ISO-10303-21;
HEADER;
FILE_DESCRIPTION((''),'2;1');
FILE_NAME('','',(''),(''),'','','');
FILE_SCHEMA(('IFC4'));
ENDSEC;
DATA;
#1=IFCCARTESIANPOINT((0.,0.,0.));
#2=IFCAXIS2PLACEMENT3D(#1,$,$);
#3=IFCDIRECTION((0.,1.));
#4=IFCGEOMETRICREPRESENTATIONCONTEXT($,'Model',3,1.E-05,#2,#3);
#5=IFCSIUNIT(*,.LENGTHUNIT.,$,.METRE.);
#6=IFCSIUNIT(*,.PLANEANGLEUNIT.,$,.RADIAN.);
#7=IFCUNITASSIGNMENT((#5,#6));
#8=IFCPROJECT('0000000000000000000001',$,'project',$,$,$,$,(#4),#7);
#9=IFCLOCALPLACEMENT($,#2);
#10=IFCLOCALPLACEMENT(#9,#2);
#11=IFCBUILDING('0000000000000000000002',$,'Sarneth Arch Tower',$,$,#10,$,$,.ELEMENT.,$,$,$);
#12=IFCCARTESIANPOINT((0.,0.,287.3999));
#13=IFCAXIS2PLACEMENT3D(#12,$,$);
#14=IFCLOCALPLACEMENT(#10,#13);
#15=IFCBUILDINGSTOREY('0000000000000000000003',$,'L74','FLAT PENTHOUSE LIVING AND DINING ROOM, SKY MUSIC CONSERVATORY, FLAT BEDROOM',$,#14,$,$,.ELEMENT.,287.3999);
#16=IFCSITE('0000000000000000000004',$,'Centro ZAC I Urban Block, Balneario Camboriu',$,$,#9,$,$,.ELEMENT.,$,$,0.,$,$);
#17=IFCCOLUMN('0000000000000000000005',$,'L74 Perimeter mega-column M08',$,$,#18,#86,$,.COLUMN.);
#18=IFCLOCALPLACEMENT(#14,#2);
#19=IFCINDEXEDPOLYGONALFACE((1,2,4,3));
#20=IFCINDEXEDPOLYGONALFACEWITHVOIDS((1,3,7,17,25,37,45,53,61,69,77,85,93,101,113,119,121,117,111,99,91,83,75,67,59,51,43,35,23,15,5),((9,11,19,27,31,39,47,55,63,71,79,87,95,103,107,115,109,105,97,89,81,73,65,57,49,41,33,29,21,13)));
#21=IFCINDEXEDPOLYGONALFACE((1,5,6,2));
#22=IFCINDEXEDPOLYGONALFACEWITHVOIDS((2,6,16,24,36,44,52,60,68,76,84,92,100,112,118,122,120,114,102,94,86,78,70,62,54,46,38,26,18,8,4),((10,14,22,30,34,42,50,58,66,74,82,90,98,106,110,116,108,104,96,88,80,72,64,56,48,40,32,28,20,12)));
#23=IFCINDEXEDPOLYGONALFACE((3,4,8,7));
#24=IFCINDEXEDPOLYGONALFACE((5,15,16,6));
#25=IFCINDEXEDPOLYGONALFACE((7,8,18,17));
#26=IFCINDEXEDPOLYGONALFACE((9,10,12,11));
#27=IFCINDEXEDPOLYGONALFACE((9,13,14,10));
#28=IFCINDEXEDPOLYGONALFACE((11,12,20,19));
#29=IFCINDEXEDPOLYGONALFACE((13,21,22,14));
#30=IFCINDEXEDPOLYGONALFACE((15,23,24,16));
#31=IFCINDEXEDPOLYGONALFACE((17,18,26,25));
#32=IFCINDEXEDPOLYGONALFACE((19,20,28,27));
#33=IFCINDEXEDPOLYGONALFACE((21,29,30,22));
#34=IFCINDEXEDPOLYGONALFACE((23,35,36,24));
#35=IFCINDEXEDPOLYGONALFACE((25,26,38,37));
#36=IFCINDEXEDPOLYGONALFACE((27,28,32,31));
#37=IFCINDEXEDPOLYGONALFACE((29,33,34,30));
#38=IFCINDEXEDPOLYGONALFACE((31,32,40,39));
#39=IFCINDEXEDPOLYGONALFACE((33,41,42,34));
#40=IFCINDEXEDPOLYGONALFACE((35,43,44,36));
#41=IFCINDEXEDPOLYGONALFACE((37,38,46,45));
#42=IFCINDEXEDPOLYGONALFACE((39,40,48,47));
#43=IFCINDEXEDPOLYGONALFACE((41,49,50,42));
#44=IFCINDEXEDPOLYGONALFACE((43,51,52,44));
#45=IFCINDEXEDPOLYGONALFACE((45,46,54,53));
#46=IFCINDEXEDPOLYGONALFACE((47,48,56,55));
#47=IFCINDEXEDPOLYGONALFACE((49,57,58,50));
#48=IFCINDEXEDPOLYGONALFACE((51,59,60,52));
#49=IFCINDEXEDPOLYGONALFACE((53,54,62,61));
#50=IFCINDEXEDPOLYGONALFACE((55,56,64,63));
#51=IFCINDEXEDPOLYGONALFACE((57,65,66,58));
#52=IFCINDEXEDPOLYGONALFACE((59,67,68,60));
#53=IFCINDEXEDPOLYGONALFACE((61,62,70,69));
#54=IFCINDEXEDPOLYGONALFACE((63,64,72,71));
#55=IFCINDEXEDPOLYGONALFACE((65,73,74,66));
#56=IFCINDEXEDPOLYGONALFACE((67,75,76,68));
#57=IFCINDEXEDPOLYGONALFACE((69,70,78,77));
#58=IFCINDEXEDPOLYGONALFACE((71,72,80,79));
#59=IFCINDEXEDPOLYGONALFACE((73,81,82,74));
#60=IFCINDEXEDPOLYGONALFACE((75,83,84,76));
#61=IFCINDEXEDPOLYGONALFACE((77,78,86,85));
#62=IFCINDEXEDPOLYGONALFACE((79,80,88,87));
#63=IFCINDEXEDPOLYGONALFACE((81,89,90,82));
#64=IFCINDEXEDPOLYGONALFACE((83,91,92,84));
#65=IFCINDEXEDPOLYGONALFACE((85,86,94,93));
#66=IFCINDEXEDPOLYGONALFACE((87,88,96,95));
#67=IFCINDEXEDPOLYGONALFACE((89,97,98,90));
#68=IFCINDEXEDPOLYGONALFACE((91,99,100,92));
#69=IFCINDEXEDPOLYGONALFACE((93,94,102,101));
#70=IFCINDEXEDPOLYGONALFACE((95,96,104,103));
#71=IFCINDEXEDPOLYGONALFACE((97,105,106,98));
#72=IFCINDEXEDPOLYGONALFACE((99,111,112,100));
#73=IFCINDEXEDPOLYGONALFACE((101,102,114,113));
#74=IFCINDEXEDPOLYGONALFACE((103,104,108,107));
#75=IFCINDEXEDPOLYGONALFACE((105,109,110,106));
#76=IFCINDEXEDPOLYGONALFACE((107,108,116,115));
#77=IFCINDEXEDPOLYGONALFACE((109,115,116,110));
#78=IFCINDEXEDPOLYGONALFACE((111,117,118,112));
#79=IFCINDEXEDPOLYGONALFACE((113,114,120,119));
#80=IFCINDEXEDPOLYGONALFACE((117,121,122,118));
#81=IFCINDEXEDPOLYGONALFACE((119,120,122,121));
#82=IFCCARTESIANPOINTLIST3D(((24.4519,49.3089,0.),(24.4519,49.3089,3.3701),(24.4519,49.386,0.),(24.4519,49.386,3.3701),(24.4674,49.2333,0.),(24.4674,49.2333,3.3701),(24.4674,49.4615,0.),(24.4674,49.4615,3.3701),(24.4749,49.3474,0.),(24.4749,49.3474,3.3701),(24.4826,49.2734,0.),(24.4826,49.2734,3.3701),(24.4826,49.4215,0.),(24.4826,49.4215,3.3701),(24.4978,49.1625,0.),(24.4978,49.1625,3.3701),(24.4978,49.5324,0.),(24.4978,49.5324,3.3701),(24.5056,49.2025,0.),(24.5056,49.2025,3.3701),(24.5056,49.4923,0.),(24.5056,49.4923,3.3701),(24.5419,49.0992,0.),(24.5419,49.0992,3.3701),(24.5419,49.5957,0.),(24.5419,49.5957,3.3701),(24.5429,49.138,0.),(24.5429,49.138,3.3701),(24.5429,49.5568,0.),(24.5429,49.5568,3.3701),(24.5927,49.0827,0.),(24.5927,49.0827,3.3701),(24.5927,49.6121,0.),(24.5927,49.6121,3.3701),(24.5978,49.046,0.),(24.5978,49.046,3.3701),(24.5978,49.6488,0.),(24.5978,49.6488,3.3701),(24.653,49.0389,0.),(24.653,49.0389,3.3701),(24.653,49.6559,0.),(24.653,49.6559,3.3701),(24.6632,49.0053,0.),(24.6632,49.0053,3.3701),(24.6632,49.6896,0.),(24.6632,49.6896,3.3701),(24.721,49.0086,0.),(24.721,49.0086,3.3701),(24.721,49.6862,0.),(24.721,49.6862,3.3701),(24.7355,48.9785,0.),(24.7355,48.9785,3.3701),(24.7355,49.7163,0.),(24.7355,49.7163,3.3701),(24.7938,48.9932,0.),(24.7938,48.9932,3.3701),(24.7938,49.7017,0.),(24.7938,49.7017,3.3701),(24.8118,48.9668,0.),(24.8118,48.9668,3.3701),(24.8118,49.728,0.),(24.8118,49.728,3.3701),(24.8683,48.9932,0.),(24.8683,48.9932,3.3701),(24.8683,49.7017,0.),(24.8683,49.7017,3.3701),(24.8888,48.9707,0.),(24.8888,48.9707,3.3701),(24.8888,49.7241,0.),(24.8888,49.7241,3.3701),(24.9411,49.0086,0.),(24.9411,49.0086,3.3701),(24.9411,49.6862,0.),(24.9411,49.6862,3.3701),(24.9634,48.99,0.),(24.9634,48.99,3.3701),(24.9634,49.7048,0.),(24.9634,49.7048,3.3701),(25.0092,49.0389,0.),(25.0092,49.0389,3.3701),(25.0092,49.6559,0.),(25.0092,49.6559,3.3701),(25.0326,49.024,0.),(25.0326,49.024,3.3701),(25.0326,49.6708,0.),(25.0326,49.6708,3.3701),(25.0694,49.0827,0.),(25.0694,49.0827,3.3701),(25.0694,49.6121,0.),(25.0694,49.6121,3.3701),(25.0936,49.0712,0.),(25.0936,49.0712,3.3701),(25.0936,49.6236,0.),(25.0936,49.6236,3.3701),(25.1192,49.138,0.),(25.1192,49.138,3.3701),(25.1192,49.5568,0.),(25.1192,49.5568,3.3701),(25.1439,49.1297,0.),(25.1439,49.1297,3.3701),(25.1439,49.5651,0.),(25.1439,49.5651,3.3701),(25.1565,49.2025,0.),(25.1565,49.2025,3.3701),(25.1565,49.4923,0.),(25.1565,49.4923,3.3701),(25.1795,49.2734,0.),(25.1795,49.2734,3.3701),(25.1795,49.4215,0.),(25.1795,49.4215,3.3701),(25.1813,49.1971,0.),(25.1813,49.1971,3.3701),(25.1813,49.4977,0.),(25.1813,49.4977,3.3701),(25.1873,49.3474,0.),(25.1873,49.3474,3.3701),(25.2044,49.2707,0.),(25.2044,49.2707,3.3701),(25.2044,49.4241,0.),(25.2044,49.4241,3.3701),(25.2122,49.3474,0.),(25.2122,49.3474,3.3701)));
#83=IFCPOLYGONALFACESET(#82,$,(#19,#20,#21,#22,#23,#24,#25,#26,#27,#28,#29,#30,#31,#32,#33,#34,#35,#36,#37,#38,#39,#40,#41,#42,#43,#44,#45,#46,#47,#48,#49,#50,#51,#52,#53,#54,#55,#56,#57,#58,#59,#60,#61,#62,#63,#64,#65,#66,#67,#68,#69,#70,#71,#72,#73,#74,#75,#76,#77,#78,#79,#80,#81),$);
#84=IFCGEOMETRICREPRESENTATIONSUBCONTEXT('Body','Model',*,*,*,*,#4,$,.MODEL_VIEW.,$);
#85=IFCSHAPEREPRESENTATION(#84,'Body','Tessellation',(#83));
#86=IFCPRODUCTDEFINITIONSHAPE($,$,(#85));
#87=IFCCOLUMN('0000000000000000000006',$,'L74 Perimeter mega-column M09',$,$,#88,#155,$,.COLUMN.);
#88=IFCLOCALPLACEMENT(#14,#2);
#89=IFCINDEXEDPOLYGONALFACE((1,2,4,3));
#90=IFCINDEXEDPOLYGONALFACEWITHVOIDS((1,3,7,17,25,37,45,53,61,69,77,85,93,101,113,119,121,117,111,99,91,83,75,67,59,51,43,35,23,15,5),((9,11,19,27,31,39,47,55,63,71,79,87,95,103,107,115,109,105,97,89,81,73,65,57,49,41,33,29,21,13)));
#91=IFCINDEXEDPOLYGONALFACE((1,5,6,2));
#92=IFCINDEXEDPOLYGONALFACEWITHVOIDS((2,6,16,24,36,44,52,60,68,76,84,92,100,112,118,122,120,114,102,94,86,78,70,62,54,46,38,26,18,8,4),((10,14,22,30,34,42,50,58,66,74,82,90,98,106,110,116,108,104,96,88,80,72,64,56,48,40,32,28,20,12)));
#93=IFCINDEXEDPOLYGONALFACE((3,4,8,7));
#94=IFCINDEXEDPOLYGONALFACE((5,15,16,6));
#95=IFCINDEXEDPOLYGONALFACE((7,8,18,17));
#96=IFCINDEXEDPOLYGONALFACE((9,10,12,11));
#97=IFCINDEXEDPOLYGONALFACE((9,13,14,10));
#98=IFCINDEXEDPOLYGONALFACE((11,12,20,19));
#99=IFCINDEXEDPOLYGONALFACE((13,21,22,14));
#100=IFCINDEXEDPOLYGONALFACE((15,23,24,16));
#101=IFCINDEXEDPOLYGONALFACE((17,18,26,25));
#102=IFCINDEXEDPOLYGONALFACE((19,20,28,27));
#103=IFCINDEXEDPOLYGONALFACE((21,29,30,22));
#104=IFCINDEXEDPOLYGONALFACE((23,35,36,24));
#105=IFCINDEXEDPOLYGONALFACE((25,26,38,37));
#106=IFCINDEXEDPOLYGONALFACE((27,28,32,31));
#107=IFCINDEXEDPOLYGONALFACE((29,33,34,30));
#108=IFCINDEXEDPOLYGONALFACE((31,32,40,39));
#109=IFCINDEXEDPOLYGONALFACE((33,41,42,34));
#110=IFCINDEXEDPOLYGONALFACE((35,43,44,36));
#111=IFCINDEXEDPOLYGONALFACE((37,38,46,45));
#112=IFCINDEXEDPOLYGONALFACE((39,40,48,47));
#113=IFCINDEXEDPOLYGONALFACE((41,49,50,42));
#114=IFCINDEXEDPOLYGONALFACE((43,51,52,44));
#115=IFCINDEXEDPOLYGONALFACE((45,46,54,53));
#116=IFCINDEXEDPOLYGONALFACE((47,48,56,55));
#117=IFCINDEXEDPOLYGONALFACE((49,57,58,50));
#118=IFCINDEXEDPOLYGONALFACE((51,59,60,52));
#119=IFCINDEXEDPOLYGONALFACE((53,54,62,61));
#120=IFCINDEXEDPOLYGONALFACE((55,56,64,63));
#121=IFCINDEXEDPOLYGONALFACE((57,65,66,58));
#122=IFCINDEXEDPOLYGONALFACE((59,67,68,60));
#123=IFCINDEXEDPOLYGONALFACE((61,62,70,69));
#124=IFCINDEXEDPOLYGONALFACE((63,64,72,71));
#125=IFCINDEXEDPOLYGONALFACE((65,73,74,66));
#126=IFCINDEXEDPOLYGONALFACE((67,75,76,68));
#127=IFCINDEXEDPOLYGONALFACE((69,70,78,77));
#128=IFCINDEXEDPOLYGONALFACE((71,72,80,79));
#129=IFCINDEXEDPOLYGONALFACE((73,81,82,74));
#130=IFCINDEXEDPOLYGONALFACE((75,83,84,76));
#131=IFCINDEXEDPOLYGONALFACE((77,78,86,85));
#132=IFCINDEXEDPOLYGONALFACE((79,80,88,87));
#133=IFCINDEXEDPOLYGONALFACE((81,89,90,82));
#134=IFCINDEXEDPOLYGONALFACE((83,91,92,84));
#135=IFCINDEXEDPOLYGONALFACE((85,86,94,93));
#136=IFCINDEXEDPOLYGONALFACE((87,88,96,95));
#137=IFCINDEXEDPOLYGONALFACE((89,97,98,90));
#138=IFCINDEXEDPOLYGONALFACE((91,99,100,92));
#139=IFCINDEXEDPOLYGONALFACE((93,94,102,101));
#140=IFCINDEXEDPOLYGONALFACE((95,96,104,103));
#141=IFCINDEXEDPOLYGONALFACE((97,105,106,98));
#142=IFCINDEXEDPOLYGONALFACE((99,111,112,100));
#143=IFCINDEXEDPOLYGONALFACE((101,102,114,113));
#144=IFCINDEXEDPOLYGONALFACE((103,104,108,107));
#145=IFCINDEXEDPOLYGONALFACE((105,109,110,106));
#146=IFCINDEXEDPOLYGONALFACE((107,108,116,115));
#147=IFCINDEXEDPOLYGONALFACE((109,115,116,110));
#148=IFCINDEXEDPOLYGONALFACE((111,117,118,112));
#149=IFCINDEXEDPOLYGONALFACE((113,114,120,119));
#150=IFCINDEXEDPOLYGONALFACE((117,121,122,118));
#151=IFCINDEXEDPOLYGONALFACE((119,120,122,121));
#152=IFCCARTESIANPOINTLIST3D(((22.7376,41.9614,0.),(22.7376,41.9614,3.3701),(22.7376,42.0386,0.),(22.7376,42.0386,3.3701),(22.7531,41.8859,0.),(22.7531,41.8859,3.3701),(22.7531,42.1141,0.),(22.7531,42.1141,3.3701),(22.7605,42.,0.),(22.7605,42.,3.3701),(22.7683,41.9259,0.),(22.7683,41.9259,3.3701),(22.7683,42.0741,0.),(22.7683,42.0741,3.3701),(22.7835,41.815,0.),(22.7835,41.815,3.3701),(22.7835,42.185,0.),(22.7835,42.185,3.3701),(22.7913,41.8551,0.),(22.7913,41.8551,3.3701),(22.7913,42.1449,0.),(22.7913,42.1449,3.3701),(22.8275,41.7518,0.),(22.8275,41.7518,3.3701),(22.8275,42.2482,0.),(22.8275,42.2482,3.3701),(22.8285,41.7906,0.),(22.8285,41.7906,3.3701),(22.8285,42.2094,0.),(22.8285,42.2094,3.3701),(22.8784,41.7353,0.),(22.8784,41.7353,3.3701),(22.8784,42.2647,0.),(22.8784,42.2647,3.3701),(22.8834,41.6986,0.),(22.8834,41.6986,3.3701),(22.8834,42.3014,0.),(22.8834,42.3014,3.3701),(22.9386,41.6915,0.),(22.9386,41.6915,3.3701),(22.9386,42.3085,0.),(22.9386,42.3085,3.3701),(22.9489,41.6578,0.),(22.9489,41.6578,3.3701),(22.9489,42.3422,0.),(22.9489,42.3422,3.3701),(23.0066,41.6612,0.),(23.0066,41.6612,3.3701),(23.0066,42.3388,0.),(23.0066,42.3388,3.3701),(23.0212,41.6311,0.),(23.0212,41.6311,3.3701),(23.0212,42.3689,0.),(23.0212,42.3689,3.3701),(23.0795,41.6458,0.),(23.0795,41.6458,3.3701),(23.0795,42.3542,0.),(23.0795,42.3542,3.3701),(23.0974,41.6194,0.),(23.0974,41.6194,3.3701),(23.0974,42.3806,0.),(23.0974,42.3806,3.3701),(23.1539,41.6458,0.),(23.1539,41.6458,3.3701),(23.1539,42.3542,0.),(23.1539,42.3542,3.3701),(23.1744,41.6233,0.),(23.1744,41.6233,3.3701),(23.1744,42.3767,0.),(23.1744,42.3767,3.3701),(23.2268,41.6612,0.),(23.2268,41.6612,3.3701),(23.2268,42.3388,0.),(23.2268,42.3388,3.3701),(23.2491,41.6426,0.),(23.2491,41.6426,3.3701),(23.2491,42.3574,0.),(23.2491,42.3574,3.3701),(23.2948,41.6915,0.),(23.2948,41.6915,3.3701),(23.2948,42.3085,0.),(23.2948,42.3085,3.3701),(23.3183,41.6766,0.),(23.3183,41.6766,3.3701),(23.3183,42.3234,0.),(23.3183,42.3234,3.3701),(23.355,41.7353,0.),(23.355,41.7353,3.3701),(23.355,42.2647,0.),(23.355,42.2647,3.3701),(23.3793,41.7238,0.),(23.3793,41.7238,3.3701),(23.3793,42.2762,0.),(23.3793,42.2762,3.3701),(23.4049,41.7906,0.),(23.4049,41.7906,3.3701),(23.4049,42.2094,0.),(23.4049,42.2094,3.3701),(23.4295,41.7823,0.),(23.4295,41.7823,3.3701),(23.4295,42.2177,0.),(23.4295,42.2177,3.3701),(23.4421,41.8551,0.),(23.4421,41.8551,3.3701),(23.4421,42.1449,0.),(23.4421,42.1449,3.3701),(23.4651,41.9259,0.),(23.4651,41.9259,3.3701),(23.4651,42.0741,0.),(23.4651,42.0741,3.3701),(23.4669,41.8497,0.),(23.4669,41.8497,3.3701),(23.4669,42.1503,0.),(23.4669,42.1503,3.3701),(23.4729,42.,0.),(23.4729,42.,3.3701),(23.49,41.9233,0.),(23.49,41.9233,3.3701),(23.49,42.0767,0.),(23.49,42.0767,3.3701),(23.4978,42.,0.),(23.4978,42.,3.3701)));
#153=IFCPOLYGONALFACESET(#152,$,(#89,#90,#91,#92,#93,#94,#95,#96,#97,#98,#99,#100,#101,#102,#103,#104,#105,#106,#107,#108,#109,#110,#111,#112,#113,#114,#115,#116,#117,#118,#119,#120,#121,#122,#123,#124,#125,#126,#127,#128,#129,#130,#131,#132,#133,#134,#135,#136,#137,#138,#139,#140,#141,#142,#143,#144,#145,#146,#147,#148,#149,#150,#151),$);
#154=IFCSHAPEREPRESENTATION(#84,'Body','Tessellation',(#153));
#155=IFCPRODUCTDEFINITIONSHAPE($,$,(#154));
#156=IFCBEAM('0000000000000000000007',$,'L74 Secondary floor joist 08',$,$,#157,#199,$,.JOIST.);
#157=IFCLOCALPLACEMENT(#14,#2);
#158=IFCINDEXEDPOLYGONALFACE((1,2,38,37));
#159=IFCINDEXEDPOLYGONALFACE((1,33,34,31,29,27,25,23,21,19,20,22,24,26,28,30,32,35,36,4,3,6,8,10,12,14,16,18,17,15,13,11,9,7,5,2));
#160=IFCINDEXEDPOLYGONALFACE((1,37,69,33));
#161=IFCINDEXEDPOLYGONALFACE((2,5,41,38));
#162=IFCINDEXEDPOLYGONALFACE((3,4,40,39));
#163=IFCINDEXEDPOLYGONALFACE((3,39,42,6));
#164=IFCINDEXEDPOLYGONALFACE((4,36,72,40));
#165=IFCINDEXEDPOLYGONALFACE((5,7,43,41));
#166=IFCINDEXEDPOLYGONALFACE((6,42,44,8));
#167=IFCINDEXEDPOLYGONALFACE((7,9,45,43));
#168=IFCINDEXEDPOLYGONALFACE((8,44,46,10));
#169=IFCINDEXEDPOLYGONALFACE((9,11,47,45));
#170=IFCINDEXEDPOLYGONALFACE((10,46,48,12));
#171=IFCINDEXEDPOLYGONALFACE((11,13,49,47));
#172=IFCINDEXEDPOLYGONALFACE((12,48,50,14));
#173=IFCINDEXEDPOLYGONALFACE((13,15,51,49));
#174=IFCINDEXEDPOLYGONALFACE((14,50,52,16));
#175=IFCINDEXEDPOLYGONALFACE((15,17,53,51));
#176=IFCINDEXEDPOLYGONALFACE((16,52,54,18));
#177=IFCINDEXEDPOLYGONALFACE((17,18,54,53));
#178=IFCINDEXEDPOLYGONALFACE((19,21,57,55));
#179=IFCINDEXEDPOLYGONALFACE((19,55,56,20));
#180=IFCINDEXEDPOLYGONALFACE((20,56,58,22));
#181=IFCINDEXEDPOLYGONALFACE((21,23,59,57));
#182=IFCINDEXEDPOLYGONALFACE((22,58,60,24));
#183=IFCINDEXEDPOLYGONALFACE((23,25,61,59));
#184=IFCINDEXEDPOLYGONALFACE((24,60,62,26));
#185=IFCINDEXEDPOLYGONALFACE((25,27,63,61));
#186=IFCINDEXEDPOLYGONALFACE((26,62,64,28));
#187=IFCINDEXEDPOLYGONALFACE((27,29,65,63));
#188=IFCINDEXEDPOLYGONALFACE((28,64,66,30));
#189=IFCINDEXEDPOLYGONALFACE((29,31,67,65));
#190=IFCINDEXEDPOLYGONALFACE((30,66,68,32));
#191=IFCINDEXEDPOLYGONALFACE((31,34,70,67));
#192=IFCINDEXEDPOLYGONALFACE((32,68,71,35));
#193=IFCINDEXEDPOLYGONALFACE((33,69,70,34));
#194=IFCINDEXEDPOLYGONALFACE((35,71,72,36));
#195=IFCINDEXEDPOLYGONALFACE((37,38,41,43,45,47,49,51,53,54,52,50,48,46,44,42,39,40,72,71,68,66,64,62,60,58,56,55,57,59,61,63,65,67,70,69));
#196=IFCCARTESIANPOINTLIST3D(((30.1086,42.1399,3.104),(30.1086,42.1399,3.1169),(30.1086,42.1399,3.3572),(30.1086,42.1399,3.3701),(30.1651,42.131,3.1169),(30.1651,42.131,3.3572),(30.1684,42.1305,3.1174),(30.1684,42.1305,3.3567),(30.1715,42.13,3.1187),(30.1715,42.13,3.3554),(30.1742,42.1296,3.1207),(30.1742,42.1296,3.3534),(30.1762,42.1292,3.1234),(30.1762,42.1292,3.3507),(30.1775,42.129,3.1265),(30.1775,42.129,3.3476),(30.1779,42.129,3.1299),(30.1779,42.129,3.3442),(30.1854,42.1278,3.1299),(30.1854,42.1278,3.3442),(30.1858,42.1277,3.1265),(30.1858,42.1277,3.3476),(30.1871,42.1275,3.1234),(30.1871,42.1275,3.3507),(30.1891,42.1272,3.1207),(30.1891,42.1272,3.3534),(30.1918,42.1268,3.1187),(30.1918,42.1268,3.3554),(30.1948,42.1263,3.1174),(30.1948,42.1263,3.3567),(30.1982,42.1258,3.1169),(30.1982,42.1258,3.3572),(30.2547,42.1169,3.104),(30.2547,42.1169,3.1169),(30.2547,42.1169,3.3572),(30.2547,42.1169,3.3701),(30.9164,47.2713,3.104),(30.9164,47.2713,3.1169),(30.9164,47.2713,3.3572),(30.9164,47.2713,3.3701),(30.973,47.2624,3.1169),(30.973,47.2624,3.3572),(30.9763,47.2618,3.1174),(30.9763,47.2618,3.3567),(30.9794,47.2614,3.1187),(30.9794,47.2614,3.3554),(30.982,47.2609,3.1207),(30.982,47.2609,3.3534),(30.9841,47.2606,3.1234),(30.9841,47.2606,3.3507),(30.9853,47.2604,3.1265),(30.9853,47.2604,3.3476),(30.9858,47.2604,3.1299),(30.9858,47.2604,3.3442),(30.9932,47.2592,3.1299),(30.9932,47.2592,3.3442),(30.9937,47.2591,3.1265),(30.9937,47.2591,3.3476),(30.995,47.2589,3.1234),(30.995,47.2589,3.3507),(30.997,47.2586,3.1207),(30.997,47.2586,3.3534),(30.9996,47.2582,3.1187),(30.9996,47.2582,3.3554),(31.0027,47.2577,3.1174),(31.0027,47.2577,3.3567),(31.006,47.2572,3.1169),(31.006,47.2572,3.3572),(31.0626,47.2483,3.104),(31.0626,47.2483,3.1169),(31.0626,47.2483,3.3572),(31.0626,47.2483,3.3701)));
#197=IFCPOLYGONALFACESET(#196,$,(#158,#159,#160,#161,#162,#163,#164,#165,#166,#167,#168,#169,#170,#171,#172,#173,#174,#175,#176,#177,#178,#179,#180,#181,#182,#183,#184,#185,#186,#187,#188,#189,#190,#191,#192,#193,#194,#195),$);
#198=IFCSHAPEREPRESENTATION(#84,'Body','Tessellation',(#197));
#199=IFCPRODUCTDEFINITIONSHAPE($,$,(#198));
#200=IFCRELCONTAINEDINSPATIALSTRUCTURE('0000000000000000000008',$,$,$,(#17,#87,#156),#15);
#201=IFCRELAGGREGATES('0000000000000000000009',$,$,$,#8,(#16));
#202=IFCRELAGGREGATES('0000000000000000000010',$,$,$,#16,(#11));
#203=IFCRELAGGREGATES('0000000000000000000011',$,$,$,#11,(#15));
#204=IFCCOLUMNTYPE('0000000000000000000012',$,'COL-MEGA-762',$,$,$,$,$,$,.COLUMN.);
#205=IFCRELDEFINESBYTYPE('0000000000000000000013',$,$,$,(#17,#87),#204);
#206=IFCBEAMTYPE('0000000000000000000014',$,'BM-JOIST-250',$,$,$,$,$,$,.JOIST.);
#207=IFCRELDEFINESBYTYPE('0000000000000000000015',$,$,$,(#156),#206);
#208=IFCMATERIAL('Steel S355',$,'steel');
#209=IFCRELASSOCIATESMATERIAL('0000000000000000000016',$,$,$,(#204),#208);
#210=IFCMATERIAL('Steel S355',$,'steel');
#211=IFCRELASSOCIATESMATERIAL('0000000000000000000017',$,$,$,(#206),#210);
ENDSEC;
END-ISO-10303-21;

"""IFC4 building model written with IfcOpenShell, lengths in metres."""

from ifc_helpers import new_model, si_unit, direction, frame, origin, origin_2d, place, context, subcontext, project, spatial, hollow_circle, i_section, extrude, material, material_profile, profile_set, type_object, element, save


model = new_model("IFC4")

# Units and contexts
model_context = context("Model", 3, precision=1e-05, world=origin(), true_north=direction((0.0, 1.0)))
body_context = subcontext(model_context, "Body", "Model", "MODEL_VIEW")
ifc_project = project(units=[si_unit("LENGTHUNIT", "METRE"), si_unit("PLANEANGLEUNIT", "RADIAN")], contexts=[model_context])

# Site, building, storey
site_placement = place(None, origin())
site = spatial("IfcSite", under=ifc_project, at=site_placement, Name="Centro ZAC I Urban Block, Balneario Camboriu", CompositionType="ELEMENT", RefElevation=0.0)
building_placement = place(site_placement, origin())
building = spatial("IfcBuilding", under=site, at=building_placement, Name="Sarneth Arch Tower", CompositionType="ELEMENT")
storey_placement = place(building_placement, frame((0.0, 0.0, 287.3999)))
storey = spatial("IfcBuildingStorey", under=building, at=storey_placement, Name="L74", Description="FLAT PENTHOUSE LIVING AND DINING ROOM, SKY MUSIC CONSERVATORY, FLAT BEDROOM", CompositionType="ELEMENT", Elevation=287.3999)

# Columns
ifc_material_1 = material(Name="Steel S355", Category="steel")
ifc_material_profile_1 = material_profile(ifc_material_1, hollow_circle(Radius=0.3811, WallThickness=0.0249, at=origin_2d()), Name="CHS762x25")
ifc_profile_set_1 = profile_set([ifc_material_profile_1], Name="Steel S355")
column_type = type_object("IfcColumnType", Name="COL-MEGA-762", PredefinedType="COLUMN", material=ifc_profile_set_1)
for number, where, z_axis, x_axis, name in (
    (1, (24.8311, 49.3474, 0.0), (0.0, 0.0, 1.0), (1.0, 0.0, 0.0), "L74 Perimeter mega-column M08"),
    (2, (23.1167, 42.0, 0.0), (0.0, 0.0, 1.0), (1.0, 0.0, 0.0), "L74 Perimeter mega-column M09"),
):
    element("IfcColumn", number, at=place(storey_placement, frame(where, z_axis=z_axis, x_axis=x_axis)), inside=storey, type_object=column_type, Name=name, PredefinedType="COLUMN", context=body_context, shape_type="SweptSolid", body=[
        extrude(hollow_circle(Radius=0.3811, WallThickness=0.0249, at=origin_2d()), origin(), (0.0, 0.0, 1.0), 3.3701),
    ])

# Beam
ifc_material_2 = material(Name="Steel S355", Category="steel")
ifc_material_profile_2 = material_profile(ifc_material_2, i_section(OverallWidth=0.1479, OverallDepth=0.2661, WebThickness=0.0076, FlangeThickness=0.0129, FilletRadius=0.0129, at=origin_2d()), Name="W250x44.8")
ifc_profile_set_2 = profile_set([ifc_material_profile_2], Name="Steel S355")
beam_type_1 = type_object("IfcBeamType", Name="BM-JOIST-250", PredefinedType="JOIST", material=ifc_profile_set_2)
for number, where, z_axis, x_axis, name in (
    (3, (30.9895, 47.2598, 3.2371), (-0.155521, -0.987833, 0.0), (0.987833, -0.155521, 0.0), "L74 Secondary floor joist 08"),
):
    element("IfcBeam", number, at=place(storey_placement, frame(where, z_axis=z_axis, x_axis=x_axis)), inside=storey, type_object=beam_type_1, Name=name, PredefinedType="JOIST", context=body_context, shape_type="SweptSolid", body=[
        extrude(i_section(OverallWidth=0.1479, OverallDepth=0.2661, WebThickness=0.0076, FlangeThickness=0.0129, FilletRadius=0.0129, at=origin_2d()), origin(), (0.0, 0.0, 1.0), 5.1946),
    ])

save(model, "model.ifc")
